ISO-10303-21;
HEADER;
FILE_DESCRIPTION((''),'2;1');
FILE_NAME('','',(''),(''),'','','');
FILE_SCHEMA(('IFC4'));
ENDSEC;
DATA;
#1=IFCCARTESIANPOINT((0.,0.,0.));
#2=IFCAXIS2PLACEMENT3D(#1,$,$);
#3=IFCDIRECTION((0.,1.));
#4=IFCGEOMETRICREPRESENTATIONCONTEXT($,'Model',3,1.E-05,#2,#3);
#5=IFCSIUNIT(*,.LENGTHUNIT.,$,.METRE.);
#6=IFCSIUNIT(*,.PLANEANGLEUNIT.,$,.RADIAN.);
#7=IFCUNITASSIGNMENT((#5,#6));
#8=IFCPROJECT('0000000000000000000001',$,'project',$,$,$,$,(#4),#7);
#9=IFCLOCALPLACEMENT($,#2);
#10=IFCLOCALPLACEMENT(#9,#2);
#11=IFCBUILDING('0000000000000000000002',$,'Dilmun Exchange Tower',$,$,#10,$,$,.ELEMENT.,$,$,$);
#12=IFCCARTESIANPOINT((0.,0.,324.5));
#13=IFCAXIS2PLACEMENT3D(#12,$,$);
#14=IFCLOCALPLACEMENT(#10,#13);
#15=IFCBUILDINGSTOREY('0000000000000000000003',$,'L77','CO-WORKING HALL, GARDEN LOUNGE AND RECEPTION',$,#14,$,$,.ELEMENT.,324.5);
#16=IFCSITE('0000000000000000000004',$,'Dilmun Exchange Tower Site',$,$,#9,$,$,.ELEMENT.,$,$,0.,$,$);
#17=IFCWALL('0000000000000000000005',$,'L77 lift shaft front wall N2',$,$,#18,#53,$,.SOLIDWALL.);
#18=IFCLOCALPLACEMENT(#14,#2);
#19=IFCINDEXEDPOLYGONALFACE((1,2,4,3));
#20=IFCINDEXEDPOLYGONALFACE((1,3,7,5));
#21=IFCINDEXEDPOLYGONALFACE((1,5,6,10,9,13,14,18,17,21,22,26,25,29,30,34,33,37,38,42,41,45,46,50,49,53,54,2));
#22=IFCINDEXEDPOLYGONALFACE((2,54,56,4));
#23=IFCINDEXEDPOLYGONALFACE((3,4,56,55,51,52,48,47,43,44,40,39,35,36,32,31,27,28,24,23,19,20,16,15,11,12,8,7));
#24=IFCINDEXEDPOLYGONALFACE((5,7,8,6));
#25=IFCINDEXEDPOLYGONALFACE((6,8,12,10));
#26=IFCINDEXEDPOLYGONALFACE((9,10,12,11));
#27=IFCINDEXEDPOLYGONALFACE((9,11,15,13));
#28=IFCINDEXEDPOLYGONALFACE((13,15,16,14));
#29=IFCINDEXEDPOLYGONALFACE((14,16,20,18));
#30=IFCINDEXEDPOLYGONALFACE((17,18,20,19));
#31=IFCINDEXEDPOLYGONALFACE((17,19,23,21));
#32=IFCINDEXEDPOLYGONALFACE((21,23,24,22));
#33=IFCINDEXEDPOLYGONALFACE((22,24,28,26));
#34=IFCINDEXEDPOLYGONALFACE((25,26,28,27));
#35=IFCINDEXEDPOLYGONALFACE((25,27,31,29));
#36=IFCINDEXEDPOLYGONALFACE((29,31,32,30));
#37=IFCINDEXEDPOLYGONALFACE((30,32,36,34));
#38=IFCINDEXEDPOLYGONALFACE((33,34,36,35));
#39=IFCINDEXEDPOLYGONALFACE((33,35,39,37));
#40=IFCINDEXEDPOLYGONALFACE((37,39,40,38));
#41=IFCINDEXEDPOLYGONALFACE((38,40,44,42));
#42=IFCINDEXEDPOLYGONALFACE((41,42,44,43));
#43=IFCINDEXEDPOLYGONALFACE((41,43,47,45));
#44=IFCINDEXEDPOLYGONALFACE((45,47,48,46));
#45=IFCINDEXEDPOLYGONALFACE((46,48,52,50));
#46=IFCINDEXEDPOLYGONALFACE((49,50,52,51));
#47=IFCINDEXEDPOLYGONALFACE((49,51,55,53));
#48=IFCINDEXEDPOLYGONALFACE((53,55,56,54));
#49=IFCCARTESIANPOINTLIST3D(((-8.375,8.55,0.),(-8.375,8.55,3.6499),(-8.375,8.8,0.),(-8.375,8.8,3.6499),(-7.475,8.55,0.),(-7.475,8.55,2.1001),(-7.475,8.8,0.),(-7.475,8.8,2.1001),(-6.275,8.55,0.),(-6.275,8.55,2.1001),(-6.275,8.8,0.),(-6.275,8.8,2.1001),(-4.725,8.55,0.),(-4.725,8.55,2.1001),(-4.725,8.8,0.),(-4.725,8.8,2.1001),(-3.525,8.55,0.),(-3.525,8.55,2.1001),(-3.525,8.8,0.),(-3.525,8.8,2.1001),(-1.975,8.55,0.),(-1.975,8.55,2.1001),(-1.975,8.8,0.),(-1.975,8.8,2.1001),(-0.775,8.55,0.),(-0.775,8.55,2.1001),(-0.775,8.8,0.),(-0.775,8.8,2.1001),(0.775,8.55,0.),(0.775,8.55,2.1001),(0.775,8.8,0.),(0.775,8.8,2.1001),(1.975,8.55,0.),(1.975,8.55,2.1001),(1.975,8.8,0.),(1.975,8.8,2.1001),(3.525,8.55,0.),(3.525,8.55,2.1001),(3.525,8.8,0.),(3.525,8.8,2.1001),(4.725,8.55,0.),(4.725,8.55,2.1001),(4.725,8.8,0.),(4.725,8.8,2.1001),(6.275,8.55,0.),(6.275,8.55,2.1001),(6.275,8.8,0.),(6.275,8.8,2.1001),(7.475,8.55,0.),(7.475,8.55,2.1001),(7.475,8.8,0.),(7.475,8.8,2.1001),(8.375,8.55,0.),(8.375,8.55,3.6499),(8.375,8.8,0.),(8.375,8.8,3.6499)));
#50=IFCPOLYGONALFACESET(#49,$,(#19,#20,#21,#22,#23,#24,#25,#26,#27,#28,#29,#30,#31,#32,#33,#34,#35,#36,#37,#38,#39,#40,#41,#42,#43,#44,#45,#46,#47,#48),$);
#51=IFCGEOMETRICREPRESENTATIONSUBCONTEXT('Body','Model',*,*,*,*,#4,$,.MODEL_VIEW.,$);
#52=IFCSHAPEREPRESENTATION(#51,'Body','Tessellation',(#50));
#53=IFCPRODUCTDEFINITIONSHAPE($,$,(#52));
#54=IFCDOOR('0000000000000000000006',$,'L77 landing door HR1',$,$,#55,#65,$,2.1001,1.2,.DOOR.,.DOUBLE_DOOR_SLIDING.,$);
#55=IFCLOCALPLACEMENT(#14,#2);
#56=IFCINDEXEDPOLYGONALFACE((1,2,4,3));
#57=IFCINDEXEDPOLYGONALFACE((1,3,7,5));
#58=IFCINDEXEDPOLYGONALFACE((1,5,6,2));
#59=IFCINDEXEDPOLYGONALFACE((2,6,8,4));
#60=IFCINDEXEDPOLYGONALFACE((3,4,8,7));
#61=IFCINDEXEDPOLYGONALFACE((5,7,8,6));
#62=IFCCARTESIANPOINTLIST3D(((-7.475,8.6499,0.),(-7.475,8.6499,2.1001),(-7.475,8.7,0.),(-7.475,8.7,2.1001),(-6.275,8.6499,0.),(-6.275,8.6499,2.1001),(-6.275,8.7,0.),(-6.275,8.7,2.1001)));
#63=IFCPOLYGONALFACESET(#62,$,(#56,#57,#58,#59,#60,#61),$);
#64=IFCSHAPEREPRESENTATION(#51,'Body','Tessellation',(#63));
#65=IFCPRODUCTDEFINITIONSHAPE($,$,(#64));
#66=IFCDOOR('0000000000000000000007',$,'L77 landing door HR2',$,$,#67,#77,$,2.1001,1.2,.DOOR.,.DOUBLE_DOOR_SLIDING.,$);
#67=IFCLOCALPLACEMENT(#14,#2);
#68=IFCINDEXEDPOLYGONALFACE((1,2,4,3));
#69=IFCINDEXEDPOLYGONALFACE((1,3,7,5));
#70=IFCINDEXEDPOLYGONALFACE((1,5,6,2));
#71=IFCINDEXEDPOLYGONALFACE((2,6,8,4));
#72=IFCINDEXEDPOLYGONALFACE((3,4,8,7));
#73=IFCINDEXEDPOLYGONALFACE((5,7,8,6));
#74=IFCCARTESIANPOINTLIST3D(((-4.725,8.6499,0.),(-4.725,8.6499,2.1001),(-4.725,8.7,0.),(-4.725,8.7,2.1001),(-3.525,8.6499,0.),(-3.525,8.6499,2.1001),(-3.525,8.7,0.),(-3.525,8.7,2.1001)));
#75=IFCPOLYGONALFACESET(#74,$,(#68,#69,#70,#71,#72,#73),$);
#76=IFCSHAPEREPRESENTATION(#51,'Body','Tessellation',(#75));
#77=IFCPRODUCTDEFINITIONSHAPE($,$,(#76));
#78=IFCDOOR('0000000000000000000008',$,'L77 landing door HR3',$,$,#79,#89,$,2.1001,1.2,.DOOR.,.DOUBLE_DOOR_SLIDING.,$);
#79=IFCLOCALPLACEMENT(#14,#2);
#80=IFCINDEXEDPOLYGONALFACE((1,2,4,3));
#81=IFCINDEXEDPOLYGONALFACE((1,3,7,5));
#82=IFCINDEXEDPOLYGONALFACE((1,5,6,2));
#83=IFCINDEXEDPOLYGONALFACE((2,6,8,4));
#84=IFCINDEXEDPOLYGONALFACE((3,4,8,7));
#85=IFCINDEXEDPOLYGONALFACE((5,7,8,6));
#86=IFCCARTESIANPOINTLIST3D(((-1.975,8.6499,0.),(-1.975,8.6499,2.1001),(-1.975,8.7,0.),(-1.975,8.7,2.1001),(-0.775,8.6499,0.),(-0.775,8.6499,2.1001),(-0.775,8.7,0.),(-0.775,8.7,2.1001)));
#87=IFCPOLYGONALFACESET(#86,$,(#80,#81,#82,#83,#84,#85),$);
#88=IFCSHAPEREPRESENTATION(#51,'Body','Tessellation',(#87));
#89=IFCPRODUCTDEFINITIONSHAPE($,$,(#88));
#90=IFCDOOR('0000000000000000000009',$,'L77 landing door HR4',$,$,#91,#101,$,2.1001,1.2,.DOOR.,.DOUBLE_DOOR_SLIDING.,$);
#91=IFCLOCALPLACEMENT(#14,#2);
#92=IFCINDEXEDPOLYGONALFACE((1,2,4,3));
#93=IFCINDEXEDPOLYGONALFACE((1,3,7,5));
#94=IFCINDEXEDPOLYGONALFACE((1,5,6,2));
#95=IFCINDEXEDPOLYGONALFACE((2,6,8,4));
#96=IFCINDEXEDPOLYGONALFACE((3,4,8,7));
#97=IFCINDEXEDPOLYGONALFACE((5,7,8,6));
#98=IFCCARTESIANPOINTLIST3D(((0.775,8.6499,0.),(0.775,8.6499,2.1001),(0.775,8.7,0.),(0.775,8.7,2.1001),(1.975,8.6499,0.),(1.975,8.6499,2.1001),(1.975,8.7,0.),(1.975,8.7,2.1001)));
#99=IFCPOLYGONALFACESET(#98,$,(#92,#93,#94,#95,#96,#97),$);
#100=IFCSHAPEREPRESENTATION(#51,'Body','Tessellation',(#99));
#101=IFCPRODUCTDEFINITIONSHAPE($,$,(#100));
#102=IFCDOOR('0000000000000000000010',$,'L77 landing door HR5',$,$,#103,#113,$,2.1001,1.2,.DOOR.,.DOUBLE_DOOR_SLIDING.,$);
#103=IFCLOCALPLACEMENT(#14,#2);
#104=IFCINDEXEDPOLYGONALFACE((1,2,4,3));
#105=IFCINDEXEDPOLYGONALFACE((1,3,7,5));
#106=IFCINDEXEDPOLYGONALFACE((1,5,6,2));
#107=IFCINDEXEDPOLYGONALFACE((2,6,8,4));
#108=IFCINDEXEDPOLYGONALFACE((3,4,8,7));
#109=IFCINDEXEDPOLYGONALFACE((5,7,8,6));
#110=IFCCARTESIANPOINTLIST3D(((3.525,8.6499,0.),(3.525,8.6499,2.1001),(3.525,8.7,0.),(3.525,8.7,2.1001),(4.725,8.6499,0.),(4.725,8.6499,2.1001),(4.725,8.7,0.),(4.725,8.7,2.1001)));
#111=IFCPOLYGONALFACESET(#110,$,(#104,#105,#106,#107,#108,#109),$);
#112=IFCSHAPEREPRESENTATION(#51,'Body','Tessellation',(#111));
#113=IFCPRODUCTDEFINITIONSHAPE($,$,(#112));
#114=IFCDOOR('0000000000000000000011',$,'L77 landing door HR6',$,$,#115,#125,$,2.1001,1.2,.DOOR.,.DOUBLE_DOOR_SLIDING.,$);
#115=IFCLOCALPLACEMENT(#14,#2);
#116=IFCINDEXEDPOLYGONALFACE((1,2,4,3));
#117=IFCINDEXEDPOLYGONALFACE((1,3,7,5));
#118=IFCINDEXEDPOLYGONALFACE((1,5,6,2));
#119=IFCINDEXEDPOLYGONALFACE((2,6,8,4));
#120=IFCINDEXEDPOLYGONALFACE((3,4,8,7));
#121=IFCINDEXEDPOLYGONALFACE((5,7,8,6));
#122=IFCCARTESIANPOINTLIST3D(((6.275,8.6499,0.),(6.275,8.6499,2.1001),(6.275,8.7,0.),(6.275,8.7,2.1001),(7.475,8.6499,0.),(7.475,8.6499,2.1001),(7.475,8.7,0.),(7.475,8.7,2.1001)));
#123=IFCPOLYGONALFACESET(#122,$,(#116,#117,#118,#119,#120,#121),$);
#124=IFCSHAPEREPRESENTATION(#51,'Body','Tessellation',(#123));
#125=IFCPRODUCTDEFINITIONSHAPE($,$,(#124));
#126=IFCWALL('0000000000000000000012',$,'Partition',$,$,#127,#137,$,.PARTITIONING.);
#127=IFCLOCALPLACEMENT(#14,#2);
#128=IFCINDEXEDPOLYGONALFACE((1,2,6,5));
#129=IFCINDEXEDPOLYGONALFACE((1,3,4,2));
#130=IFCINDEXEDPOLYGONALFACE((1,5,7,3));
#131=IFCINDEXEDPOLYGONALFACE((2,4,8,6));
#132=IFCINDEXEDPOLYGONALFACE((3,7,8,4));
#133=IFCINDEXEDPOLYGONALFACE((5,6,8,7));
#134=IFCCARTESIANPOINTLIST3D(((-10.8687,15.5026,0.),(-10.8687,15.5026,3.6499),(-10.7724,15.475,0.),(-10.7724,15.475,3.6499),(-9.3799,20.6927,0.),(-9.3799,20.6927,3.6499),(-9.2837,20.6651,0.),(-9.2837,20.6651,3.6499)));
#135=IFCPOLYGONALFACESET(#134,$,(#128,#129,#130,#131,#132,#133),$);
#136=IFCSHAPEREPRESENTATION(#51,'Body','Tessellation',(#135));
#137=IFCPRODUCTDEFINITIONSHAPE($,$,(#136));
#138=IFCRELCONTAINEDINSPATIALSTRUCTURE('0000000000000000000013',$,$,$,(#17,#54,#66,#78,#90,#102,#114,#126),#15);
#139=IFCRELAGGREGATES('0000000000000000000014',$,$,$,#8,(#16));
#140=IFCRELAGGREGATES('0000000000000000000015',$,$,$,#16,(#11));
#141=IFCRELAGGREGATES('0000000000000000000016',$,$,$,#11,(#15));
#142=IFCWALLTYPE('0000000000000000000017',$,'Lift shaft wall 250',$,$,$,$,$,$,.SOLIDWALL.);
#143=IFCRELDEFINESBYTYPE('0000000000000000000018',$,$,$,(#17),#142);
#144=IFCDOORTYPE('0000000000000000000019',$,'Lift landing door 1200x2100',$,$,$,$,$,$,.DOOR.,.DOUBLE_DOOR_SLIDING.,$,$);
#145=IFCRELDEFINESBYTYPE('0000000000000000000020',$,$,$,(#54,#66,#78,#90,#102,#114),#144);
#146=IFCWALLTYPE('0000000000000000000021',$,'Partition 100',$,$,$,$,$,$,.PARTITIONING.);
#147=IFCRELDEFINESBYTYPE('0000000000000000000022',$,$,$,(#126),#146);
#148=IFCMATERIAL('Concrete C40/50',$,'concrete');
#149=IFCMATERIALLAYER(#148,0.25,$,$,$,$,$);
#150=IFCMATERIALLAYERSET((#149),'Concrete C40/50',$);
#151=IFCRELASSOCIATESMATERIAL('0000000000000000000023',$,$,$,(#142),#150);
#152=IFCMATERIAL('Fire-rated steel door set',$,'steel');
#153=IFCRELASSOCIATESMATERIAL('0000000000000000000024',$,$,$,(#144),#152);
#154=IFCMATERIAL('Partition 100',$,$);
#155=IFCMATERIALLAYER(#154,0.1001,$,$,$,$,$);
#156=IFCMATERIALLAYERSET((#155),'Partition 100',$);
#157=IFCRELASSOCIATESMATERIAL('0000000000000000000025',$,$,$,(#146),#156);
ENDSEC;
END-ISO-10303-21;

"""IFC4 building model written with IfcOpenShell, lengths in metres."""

from ifc_helpers import new_model, si_unit, direction, frame, frame_2d, origin, place, context, subcontext, project, spatial, rectangle, extrude, material, layer, layer_set, type_object, element, fill, save


model = new_model("IFC4")

# Units and contexts
model_context = context("Model", 3, precision=1e-05, world=origin(), true_north=direction((0.0, 1.0)))
body_context = subcontext(model_context, "Body", "Model", "MODEL_VIEW")
ifc_project = project(units=[si_unit("LENGTHUNIT", "METRE"), si_unit("PLANEANGLEUNIT", "RADIAN")], contexts=[model_context])

# Site, building, storey
site_placement = place(None, origin())
site = spatial("IfcSite", under=ifc_project, at=site_placement, Name="Dilmun Exchange Tower Site", CompositionType="ELEMENT", RefElevation=0.0)
building_placement = place(site_placement, origin())
building = spatial("IfcBuilding", under=site, at=building_placement, Name="Dilmun Exchange Tower", CompositionType="ELEMENT")
storey_placement = place(building_placement, frame((0.0, 0.0, 324.5)))
storey = spatial("IfcBuildingStorey", under=building, at=storey_placement, Name="L77", Description="CO-WORKING HALL, GARDEN LOUNGE AND RECEPTION", CompositionType="ELEMENT", Elevation=324.5)

# Shared definitions
ifc_material_1 = material(Name="Concrete C40/50", Category="concrete")

# Shared definitions
ifc_material_2 = material(Name="Fire-rated steel door set", Category="steel")

# Wall, openings, doors
ifc_layer_1 = layer(ifc_material_1, 0.25)
ifc_layer_set_1 = layer_set([ifc_layer_1], Name="Concrete C40/50")
wall_type_1 = type_object("IfcWallType", Name="Lift shaft wall 250", PredefinedType="SOLIDWALL", material=ifc_layer_set_1)
wall_1_placement = place(storey_placement, frame((-8.375, 8.675, 0.0), z_axis=(0.0, 0.0, 1.0), x_axis=(1.0, 0.0, 0.0)))
wall_1 = element("IfcWall", 1, at=wall_1_placement, inside=storey, type_object=wall_type_1, Name="L77 lift shaft front wall N2", PredefinedType="SOLIDWALL", context=body_context, shape_type="SweptSolid", body=[
    extrude(rectangle(XDim=16.75, YDim=0.25, at=frame_2d((8.375, 0.0))), origin(), (0.0, 0.0, 1.0), 3.6499),
])
opening_1_placement = place(wall_1_placement, frame((0.8999, 0.0, 0.0)))
opening_1 = element("IfcOpeningElement", 2, at=opening_1_placement, cuts=wall_1, PredefinedType="OPENING", context=body_context, shape_type="SweptSolid", body=[
    extrude(rectangle(XDim=1.2, YDim=2.1001, at=frame_2d((0.6001, 1.05))), frame((0.0, 0.135, 0.0), z_axis=(0.0, -1.0, 0.0), x_axis=(1.0, 0.0, 0.0)), (0.0, 0.0, 1.0), 0.27),
])
opening_2_placement = place(wall_1_placement, frame((3.6499, 0.0, 0.0)))
opening_2 = element("IfcOpeningElement", 3, at=opening_2_placement, cuts=wall_1, PredefinedType="OPENING", context=body_context, shape_type="SweptSolid", body=[
    extrude(rectangle(XDim=1.2, YDim=2.1001, at=frame_2d((0.6001, 1.05))), frame((0.0, 0.135, 0.0), z_axis=(0.0, -1.0, 0.0), x_axis=(1.0, 0.0, 0.0)), (0.0, 0.0, 1.0), 0.27),
])
opening_3_placement = place(wall_1_placement, frame((6.3999, 0.0, 0.0)))
opening_3 = element("IfcOpeningElement", 4, at=opening_3_placement, cuts=wall_1, PredefinedType="OPENING", context=body_context, shape_type="SweptSolid", body=[
    extrude(rectangle(XDim=1.2, YDim=2.1001, at=frame_2d((0.6001, 1.05))), frame((0.0, 0.135, 0.0), z_axis=(0.0, -1.0, 0.0), x_axis=(1.0, 0.0, 0.0)), (0.0, 0.0, 1.0), 0.27),
])
opening_4_placement = place(wall_1_placement, frame((9.1499, 0.0, 0.0)))
opening_4 = element("IfcOpeningElement", 5, at=opening_4_placement, cuts=wall_1, PredefinedType="OPENING", context=body_context, shape_type="SweptSolid", body=[
    extrude(rectangle(XDim=1.2, YDim=2.1001, at=frame_2d((0.6001, 1.05))), frame((0.0, 0.135, 0.0), z_axis=(0.0, -1.0, 0.0), x_axis=(1.0, 0.0, 0.0)), (0.0, 0.0, 1.0), 0.27),
])
opening_5_placement = place(wall_1_placement, frame((11.8999, 0.0, 0.0)))
opening_5 = element("IfcOpeningElement", 6, at=opening_5_placement, cuts=wall_1, PredefinedType="OPENING", context=body_context, shape_type="SweptSolid", body=[
    extrude(rectangle(XDim=1.2, YDim=2.1001, at=frame_2d((0.6001, 1.05))), frame((0.0, 0.135, 0.0), z_axis=(0.0, -1.0, 0.0), x_axis=(1.0, 0.0, 0.0)), (0.0, 0.0, 1.0), 0.27),
])
opening_6_placement = place(wall_1_placement, frame((14.6499, 0.0, 0.0)))
opening_6 = element("IfcOpeningElement", 7, at=opening_6_placement, cuts=wall_1, PredefinedType="OPENING", context=body_context, shape_type="SweptSolid", body=[
    extrude(rectangle(XDim=1.2, YDim=2.1001, at=frame_2d((0.6001, 1.05))), frame((0.0, 0.135, 0.0), z_axis=(0.0, -1.0, 0.0), x_axis=(1.0, 0.0, 0.0)), (0.0, 0.0, 1.0), 0.27),
])
door_type_1 = type_object("IfcDoorType", Name="Lift landing door 1200x2100", OperationType="DOUBLE_DOOR_SLIDING", PredefinedType="DOOR", material=ifc_material_2)
door_1_placement = place(opening_1_placement, origin())
door_1 = element("IfcDoor", 8, at=door_1_placement, inside=storey, type_object=door_type_1, Name="L77 landing door HR1", OperationType="DOUBLE_DOOR_SLIDING", OverallHeight=2.1001, OverallWidth=1.2, PredefinedType="DOOR", context=body_context, shape_type="SweptSolid", body=[
    extrude(rectangle(XDim=1.2, YDim=2.1001, at=frame_2d((0.6001, 1.05))), frame((0.0, 0.0249, 0.0), z_axis=(0.0, -1.0, 0.0), x_axis=(1.0, 0.0, 0.0)), (0.0, 0.0, 1.0), 0.05),
])
fill(opening_1, door_1)
door_2_placement = place(opening_2_placement, origin())
door_2 = element("IfcDoor", 9, at=door_2_placement, inside=storey, type_object=door_type_1, Name="L77 landing door HR2", OperationType="DOUBLE_DOOR_SLIDING", OverallHeight=2.1001, OverallWidth=1.2, PredefinedType="DOOR", context=body_context, shape_type="SweptSolid", body=[
    extrude(rectangle(XDim=1.2, YDim=2.1001, at=frame_2d((0.6001, 1.05))), frame((0.0, 0.0249, 0.0), z_axis=(0.0, -1.0, 0.0), x_axis=(1.0, 0.0, 0.0)), (0.0, 0.0, 1.0), 0.05),
])
fill(opening_2, door_2)
door_3_placement = place(opening_3_placement, origin())
door_3 = element("IfcDoor", 10, at=door_3_placement, inside=storey, type_object=door_type_1, Name="L77 landing door HR3", OperationType="DOUBLE_DOOR_SLIDING", OverallHeight=2.1001, OverallWidth=1.2, PredefinedType="DOOR", context=body_context, shape_type="SweptSolid", body=[
    extrude(rectangle(XDim=1.2, YDim=2.1001, at=frame_2d((0.6001, 1.05))), frame((0.0, 0.0249, 0.0), z_axis=(0.0, -1.0, 0.0), x_axis=(1.0, 0.0, 0.0)), (0.0, 0.0, 1.0), 0.05),
])
fill(opening_3, door_3)
door_4_placement = place(opening_4_placement, origin())
door_4 = element("IfcDoor", 11, at=door_4_placement, inside=storey, type_object=door_type_1, Name="L77 landing door HR4", OperationType="DOUBLE_DOOR_SLIDING", OverallHeight=2.1001, OverallWidth=1.2, PredefinedType="DOOR", context=body_context, shape_type="SweptSolid", body=[
    extrude(rectangle(XDim=1.2, YDim=2.1001, at=frame_2d((0.6001, 1.05))), frame((0.0, 0.0249, 0.0), z_axis=(0.0, -1.0, 0.0), x_axis=(1.0, 0.0, 0.0)), (0.0, 0.0, 1.0), 0.05),
])
fill(opening_4, door_4)
door_5_placement = place(opening_5_placement, origin())
door_5 = element("IfcDoor", 12, at=door_5_placement, inside=storey, type_object=door_type_1, Name="L77 landing door HR5", OperationType="DOUBLE_DOOR_SLIDING", OverallHeight=2.1001, OverallWidth=1.2, PredefinedType="DOOR", context=body_context, shape_type="SweptSolid", body=[
    extrude(rectangle(XDim=1.2, YDim=2.1001, at=frame_2d((0.6001, 1.05))), frame((0.0, 0.0249, 0.0), z_axis=(0.0, -1.0, 0.0), x_axis=(1.0, 0.0, 0.0)), (0.0, 0.0, 1.0), 0.05),
])
fill(opening_5, door_5)
door_6_placement = place(opening_6_placement, origin())
door_6 = element("IfcDoor", 13, at=door_6_placement, inside=storey, type_object=door_type_1, Name="L77 landing door HR6", OperationType="DOUBLE_DOOR_SLIDING", OverallHeight=2.1001, OverallWidth=1.2, PredefinedType="DOOR", context=body_context, shape_type="SweptSolid", body=[
    extrude(rectangle(XDim=1.2, YDim=2.1001, at=frame_2d((0.6001, 1.05))), frame((0.0, 0.0249, 0.0), z_axis=(0.0, -1.0, 0.0), x_axis=(1.0, 0.0, 0.0)), (0.0, 0.0, 1.0), 0.05),
])
fill(opening_6, door_6)

# Wall
ifc_material_3 = material(Name="Partition 100")
ifc_layer_2 = layer(ifc_material_3, 0.1001)
ifc_layer_set_2 = layer_set([ifc_layer_2], Name="Partition 100")
wall_type_2 = type_object("IfcWallType", Name="Partition 100", PredefinedType="PARTITIONING", material=ifc_layer_set_2)
wall_2_placement = place(storey_placement, frame((-10.8206, 15.4888, 0.0), z_axis=(0.0, 0.0, 1.0), x_axis=(0.275724, 0.961237, 0.0)))
element("IfcWall", 14, at=wall_2_placement, inside=storey, type_object=wall_type_2, Name="Partition", PredefinedType="PARTITIONING", context=body_context, shape_type="SweptSolid", body=[
    extrude(rectangle(XDim=5.3994, YDim=0.1001, at=frame_2d((2.6997, 0.0))), origin(), (0.0, 0.0, 1.0), 3.6499),
])

save(model, "model.ifc")
